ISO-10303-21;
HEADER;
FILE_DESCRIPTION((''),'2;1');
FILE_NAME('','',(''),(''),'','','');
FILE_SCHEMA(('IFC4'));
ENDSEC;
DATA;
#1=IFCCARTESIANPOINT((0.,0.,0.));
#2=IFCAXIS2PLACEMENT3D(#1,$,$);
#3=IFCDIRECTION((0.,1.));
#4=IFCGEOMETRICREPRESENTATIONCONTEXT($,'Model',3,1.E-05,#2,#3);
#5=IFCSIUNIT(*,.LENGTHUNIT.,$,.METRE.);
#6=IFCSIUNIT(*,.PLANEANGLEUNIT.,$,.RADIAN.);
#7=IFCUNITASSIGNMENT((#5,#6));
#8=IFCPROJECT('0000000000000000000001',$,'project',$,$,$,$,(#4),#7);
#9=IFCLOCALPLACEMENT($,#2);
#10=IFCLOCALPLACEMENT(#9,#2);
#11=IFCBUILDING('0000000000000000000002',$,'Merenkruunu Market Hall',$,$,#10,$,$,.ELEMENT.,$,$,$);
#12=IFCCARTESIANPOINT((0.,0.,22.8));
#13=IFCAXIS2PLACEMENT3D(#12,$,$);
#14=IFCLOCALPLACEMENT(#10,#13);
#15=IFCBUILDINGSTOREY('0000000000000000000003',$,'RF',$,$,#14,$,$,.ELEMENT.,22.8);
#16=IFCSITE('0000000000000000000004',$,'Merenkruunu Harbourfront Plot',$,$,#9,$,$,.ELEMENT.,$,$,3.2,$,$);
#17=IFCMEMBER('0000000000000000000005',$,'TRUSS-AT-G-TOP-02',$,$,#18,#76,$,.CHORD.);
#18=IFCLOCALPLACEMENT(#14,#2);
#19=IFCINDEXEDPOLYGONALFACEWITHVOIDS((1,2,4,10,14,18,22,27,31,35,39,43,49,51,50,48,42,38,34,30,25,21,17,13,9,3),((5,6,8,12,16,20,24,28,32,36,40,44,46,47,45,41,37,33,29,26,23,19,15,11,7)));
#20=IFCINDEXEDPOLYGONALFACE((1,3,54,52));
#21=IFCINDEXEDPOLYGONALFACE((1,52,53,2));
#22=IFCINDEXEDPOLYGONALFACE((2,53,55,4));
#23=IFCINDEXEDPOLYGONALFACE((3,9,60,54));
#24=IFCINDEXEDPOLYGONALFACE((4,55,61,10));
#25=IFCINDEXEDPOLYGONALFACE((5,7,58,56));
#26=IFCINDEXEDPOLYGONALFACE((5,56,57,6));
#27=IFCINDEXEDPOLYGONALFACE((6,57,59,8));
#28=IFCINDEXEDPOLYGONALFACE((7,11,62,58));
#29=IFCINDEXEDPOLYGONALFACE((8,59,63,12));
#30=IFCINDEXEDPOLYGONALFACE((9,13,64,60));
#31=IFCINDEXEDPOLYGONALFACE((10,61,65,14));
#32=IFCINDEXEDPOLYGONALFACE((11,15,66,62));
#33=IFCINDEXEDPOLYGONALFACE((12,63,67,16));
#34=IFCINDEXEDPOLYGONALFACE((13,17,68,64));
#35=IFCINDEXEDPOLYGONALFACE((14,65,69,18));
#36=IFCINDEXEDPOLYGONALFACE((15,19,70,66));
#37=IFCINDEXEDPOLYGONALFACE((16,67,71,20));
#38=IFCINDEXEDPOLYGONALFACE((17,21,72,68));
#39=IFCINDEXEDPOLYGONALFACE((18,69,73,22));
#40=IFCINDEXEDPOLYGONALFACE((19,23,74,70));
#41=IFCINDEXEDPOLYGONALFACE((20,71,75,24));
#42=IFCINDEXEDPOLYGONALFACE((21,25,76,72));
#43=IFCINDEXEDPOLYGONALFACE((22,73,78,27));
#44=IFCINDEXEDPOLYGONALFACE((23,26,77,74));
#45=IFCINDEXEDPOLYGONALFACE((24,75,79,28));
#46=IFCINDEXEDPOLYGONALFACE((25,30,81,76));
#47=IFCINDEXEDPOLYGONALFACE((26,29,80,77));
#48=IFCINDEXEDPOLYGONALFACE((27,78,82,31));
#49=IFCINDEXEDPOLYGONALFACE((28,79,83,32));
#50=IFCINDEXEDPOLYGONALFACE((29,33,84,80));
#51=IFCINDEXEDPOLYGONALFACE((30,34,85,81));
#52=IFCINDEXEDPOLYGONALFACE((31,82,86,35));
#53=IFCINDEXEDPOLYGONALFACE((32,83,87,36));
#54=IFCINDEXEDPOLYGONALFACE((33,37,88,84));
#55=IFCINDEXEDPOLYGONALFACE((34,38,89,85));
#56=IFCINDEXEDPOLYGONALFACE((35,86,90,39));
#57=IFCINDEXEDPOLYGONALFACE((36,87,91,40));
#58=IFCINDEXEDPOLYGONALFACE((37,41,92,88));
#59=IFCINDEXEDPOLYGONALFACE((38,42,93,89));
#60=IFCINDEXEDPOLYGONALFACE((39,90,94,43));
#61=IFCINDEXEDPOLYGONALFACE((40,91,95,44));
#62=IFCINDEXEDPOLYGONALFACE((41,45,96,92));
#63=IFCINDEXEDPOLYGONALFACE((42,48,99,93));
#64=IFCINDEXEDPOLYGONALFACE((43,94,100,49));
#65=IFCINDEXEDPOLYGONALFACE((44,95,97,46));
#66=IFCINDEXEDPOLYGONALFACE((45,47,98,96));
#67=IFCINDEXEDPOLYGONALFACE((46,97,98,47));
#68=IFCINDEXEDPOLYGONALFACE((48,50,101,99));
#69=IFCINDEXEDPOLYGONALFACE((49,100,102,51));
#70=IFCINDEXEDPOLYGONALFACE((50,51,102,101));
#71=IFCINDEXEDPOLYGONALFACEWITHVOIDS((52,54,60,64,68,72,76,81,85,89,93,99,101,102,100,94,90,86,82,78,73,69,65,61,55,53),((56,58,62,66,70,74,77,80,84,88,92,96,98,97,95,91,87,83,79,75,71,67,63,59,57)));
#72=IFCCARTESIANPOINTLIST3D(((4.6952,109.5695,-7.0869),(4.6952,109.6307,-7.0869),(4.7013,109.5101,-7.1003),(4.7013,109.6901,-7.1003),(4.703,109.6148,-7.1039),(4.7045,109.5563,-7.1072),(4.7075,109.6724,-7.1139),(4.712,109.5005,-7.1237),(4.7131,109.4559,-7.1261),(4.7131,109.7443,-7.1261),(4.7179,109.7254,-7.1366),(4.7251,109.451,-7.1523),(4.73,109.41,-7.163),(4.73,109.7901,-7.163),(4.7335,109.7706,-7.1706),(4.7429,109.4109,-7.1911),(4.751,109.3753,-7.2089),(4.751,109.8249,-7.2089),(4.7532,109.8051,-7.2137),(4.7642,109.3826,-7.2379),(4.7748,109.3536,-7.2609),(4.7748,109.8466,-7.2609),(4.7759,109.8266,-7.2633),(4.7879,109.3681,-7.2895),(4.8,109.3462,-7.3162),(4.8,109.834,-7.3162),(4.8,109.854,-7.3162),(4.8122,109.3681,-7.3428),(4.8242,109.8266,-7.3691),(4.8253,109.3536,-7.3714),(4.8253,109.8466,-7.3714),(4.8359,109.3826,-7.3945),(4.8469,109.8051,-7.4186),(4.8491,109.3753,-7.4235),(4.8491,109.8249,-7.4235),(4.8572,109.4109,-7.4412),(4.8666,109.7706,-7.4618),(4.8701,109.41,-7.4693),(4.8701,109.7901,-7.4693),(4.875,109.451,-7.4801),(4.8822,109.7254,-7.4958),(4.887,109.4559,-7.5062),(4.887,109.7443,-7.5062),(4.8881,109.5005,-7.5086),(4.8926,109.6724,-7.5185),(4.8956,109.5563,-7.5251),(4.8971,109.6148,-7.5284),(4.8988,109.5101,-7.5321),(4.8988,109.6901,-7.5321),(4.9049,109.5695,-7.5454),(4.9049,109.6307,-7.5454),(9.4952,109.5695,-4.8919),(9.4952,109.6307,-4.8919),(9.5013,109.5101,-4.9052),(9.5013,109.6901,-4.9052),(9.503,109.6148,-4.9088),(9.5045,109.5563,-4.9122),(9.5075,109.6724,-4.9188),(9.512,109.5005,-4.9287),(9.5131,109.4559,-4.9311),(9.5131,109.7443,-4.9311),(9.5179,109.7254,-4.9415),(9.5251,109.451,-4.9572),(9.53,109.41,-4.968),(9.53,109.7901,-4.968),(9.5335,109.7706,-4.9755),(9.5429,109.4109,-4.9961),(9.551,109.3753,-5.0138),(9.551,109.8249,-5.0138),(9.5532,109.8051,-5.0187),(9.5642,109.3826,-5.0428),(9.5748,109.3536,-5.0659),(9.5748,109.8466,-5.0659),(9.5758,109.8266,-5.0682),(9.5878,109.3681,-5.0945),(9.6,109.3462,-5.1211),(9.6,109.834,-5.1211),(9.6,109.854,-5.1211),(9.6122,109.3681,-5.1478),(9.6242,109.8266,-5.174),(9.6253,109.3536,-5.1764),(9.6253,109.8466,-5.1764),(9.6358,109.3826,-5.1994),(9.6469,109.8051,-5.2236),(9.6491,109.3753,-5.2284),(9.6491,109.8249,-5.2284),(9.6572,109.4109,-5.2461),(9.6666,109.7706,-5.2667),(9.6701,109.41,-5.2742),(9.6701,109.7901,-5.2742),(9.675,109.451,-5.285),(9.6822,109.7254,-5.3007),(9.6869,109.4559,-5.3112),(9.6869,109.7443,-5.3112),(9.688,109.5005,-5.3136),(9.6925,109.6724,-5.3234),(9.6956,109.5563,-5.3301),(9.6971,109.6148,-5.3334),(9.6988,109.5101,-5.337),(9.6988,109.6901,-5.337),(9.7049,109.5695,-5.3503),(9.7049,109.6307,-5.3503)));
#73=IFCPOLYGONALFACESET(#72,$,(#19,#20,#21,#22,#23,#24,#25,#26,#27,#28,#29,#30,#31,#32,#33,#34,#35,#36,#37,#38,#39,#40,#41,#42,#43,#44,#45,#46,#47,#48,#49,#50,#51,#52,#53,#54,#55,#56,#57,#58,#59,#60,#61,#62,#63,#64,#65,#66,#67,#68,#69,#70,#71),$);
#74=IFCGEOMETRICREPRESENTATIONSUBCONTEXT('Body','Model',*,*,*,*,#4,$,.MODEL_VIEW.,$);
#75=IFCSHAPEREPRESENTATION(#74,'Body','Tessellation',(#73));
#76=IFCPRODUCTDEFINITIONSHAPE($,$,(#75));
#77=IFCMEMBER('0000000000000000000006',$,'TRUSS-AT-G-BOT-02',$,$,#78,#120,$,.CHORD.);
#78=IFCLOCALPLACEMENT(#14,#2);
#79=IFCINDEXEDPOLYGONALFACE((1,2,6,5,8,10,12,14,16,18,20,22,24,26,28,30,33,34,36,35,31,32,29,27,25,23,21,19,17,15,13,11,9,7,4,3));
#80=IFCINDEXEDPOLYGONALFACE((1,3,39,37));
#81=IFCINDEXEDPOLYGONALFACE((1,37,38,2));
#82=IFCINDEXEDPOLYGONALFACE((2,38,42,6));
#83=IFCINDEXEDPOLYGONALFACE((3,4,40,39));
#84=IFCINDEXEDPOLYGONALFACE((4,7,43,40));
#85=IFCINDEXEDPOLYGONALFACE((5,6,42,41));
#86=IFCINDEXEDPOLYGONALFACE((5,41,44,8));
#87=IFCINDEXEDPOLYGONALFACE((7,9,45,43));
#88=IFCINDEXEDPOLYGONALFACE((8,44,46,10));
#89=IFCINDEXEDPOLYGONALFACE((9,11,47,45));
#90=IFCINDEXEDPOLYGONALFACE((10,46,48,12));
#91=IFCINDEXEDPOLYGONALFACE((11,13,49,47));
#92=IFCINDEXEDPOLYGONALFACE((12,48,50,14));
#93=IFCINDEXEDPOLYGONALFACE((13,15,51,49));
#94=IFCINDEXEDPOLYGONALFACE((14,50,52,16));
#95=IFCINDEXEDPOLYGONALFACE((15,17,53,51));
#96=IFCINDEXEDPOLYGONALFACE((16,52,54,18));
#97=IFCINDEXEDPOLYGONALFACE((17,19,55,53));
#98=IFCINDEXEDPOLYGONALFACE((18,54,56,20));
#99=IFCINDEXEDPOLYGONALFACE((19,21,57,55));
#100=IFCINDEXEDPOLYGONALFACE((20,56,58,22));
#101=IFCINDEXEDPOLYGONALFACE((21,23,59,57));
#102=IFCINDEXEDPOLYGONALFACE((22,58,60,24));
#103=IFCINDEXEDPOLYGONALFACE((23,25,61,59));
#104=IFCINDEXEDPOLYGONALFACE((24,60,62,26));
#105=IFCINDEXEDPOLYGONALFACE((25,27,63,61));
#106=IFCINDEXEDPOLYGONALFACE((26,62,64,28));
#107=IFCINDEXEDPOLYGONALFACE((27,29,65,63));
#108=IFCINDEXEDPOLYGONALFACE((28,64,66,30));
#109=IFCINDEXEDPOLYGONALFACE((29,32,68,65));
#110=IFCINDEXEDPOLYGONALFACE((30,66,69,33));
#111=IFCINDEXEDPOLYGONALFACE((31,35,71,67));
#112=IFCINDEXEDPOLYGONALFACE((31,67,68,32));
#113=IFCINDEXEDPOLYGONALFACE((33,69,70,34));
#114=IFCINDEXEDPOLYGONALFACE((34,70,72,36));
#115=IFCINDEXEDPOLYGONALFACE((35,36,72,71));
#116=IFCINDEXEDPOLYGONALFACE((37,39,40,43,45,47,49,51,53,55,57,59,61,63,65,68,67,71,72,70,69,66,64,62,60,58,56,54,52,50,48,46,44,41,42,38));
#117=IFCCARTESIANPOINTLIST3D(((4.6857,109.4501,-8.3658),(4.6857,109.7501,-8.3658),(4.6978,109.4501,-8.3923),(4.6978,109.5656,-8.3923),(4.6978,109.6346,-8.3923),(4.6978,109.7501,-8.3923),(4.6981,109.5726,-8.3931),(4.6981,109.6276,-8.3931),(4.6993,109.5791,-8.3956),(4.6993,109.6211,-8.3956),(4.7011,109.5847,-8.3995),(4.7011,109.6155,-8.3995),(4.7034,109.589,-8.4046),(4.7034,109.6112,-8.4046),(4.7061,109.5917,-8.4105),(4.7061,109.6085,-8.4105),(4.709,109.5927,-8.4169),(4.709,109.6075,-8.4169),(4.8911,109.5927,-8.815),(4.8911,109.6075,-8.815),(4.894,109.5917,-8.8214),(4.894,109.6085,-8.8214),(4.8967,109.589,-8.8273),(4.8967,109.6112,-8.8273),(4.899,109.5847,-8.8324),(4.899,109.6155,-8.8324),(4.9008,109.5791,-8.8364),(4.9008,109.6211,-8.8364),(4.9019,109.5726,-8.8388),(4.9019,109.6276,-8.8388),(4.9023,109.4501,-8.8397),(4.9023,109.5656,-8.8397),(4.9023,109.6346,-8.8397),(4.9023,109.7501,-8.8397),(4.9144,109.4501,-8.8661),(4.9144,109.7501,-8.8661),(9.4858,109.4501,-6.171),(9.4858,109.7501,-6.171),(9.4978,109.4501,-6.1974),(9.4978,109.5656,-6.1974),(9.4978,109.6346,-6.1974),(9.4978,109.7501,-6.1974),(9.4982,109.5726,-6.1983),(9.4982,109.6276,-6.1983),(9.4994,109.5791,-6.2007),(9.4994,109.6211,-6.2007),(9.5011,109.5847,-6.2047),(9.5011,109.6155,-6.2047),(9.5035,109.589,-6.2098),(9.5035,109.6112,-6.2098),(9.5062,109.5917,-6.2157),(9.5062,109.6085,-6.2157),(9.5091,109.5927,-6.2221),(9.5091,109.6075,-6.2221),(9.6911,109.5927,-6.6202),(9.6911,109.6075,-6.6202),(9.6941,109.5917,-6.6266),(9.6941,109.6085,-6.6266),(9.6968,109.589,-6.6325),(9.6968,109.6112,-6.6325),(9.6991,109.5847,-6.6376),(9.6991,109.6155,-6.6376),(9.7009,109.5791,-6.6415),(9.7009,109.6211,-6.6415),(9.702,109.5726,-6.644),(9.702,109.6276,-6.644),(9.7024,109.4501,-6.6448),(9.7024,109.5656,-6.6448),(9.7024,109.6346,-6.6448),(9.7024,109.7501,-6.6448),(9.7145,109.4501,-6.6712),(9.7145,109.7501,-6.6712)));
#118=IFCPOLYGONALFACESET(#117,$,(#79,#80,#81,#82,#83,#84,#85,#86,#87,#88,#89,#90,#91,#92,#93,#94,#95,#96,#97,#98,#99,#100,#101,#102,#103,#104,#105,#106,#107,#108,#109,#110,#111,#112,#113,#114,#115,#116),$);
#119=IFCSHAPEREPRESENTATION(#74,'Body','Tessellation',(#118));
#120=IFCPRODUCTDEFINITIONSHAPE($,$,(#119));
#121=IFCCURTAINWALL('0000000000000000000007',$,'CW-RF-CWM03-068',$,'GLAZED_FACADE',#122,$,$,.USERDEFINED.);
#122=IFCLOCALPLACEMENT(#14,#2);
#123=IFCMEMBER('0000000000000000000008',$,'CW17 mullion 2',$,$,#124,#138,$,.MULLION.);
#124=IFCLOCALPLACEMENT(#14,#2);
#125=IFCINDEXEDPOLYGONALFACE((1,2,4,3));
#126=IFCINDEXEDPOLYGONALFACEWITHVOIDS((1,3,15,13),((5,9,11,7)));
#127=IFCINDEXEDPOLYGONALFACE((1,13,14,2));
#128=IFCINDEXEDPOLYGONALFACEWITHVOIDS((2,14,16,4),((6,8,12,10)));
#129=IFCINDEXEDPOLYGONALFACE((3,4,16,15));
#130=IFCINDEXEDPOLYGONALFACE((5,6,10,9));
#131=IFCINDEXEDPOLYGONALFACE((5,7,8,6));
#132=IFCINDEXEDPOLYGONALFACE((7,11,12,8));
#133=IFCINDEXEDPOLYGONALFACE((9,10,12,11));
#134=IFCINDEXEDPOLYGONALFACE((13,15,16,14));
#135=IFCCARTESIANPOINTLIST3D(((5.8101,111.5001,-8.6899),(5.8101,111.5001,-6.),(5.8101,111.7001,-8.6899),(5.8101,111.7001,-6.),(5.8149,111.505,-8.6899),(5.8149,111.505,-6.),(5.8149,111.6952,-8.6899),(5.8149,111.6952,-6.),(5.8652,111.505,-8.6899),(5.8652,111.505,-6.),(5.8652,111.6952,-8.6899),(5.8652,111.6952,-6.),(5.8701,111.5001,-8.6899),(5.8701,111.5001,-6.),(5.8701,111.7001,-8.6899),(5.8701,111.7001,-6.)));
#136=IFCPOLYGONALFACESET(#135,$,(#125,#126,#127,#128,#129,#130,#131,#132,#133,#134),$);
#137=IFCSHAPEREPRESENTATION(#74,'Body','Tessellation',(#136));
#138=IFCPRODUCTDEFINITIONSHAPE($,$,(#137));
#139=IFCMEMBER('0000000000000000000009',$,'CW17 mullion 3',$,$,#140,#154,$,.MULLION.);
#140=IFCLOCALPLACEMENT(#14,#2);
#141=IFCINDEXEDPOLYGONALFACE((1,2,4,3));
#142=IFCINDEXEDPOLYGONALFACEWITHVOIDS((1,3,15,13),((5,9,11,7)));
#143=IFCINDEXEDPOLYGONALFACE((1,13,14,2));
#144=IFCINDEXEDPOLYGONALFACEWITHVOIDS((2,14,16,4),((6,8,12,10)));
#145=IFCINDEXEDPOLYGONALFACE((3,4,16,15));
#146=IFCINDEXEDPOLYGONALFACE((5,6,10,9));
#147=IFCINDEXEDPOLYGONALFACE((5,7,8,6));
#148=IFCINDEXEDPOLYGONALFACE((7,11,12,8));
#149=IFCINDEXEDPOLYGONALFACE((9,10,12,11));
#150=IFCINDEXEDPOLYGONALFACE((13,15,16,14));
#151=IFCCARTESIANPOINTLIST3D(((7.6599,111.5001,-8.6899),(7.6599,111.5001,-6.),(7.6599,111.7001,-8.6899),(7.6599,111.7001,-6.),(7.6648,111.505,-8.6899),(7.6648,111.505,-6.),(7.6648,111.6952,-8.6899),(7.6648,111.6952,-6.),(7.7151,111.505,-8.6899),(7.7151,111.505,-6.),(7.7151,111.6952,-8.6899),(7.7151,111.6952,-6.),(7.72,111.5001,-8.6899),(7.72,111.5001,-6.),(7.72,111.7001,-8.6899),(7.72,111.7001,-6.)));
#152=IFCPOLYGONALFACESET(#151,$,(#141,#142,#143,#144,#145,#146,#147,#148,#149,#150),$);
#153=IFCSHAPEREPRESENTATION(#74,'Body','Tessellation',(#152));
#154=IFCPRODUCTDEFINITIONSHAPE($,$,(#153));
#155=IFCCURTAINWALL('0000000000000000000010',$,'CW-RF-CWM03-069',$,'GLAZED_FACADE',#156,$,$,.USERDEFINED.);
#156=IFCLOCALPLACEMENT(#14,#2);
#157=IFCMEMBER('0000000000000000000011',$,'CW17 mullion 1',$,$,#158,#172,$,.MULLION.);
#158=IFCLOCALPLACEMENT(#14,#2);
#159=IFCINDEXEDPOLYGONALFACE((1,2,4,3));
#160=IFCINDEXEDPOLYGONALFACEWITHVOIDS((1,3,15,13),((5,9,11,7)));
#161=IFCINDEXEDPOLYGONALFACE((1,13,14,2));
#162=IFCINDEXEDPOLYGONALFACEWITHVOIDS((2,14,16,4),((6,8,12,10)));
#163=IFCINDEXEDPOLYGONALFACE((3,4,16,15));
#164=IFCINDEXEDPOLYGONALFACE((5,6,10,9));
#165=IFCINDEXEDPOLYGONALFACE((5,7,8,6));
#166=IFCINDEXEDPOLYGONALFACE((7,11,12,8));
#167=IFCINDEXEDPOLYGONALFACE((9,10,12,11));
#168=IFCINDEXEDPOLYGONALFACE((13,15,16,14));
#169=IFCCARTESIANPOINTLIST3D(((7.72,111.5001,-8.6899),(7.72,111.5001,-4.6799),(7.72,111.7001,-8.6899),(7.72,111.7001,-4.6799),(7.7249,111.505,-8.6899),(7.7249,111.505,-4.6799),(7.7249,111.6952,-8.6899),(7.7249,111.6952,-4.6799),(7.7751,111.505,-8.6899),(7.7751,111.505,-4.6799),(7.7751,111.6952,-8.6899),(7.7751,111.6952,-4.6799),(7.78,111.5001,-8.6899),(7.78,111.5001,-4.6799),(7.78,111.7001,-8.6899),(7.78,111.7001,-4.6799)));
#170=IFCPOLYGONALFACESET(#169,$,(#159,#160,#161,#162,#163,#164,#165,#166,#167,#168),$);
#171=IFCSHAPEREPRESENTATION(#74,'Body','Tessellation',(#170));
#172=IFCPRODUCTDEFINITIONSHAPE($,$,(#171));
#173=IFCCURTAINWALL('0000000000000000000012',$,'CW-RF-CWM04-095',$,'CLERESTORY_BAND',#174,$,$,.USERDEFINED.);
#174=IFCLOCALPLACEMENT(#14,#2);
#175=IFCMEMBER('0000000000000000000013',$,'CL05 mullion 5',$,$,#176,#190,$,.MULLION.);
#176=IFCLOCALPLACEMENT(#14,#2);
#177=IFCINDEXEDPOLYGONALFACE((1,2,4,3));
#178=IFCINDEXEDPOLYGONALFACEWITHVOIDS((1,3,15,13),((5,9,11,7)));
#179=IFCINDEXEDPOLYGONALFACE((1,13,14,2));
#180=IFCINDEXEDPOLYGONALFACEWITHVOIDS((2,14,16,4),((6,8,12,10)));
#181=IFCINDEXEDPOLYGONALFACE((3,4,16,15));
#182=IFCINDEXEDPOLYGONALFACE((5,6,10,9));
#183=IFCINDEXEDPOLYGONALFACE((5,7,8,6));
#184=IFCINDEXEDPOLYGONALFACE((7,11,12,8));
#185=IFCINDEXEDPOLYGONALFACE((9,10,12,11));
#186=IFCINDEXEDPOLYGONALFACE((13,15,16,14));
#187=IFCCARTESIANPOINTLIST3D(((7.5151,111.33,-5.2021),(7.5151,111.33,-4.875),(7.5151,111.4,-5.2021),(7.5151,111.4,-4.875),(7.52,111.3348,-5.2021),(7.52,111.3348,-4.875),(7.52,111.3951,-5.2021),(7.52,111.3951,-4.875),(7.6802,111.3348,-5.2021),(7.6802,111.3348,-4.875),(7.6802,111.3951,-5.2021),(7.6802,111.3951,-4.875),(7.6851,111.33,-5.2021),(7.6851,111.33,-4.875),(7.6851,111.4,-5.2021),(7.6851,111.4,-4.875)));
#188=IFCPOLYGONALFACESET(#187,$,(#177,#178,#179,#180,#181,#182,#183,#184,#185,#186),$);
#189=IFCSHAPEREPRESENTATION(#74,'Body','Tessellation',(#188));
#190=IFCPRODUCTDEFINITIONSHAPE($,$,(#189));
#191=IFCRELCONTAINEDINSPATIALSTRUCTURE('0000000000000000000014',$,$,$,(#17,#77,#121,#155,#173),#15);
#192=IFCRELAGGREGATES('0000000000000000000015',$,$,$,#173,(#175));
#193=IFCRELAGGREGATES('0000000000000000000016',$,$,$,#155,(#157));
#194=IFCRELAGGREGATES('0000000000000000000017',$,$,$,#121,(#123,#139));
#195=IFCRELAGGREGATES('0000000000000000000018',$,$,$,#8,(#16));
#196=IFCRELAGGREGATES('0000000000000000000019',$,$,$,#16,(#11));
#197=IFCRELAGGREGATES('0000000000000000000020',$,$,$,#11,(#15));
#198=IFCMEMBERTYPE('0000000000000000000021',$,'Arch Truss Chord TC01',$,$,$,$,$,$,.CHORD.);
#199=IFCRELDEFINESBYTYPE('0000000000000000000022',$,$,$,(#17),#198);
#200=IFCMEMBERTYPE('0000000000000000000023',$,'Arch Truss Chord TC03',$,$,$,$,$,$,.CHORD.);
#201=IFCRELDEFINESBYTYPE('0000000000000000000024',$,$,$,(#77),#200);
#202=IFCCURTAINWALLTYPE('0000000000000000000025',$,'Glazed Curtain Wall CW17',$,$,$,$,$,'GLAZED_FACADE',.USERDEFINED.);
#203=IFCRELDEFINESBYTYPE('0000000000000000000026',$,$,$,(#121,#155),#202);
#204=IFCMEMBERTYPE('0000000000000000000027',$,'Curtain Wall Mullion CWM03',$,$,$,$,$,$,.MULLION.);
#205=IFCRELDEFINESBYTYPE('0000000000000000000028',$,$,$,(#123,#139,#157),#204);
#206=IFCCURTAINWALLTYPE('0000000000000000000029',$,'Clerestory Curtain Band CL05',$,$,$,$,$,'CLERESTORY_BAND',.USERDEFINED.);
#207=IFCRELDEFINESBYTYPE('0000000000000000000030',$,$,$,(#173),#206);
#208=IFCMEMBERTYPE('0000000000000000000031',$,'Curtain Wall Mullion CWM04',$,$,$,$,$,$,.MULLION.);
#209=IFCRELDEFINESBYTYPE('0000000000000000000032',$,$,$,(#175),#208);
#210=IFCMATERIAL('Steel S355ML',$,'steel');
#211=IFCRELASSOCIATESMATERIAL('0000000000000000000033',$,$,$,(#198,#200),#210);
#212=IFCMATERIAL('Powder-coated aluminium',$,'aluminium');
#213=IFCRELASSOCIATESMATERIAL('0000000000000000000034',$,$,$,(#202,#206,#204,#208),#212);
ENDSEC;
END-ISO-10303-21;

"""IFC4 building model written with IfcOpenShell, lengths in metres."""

from ifc_helpers import new_model, si_unit, direction, frame, origin, origin_2d, place, context, subcontext, project, spatial, hollow_rectangle, hollow_circle, i_section, extrude, material, material_profile, profile_set, type_object, element, aggregate, save


model = new_model("IFC4")

# Units and contexts
model_context = context("Model", 3, precision=1e-05, world=origin(), true_north=direction((0.0, 1.0)))
body_context = subcontext(model_context, "Body", "Model", "MODEL_VIEW")
ifc_project = project(units=[si_unit("LENGTHUNIT", "METRE"), si_unit("PLANEANGLEUNIT", "RADIAN")], contexts=[model_context])

# Site, building, storey
site_placement = place(None, origin())
site = spatial("IfcSite", under=ifc_project, at=site_placement, Name="Merenkruunu Harbourfront Plot", CompositionType="ELEMENT", RefElevation=3.2)
building_placement = place(site_placement, origin())
building = spatial("IfcBuilding", under=site, at=building_placement, Name="Merenkruunu Market Hall", CompositionType="ELEMENT")
storey_placement = place(building_placement, frame((0.0, 0.0, 22.8)))
storey = spatial("IfcBuildingStorey", under=building, at=storey_placement, Name="RF", CompositionType="ELEMENT", Elevation=22.8)

# Members
ifc_material_1 = material(Name="Steel S355ML", Category="steel")
ifc_material_profile_1 = material_profile(ifc_material_1, hollow_circle(Radius=0.2539, WallThickness=0.02, at=origin_2d()), Name="CHS 508x20")
ifc_profile_set_1 = profile_set([ifc_material_profile_1], Name="Steel S355ML")
member_type_1 = type_object("IfcMemberType", Name="Arch Truss Chord TC01", PredefinedType="CHORD", material=ifc_profile_set_1)
member_1_placement = place(storey_placement, frame((4.8, 109.6001, -7.3162), z_axis=(0.90942, 0.0, 0.415879), x_axis=(0.0, 1.0, 0.0)))
element("IfcMember", 1, at=member_1_placement, inside=storey, type_object=member_type_1, Name="TRUSS-AT-G-TOP-02", PredefinedType="CHORD", context=body_context, shape_type="SweptSolid", body=[
    extrude(hollow_circle(Radius=0.2539, WallThickness=0.02, at=origin_2d()), origin(), (0.0, 0.0, 1.0), 5.2781),
])
ifc_material_profile_2 = material_profile(ifc_material_1, i_section(OverallWidth=0.3, OverallDepth=0.55, WebThickness=0.0149, FlangeThickness=0.0291, FilletRadius=0.0271, at=origin_2d()), Name="HEB 550")
ifc_profile_set_2 = profile_set([ifc_material_profile_2], Name="Steel S355ML")
member_type_2 = type_object("IfcMemberType", Name="Arch Truss Chord TC03", PredefinedType="CHORD", material=ifc_profile_set_2)
member_2_placement = place(storey_placement, frame((4.8, 109.6001, -8.616), z_axis=(0.909437, 0.0, 0.415841), x_axis=(0.0, 1.0, 0.0)))
element("IfcMember", 2, at=member_2_placement, inside=storey, type_object=member_type_2, Name="TRUSS-AT-G-BOT-02", PredefinedType="CHORD", context=body_context, shape_type="SweptSolid", body=[
    extrude(i_section(OverallWidth=0.3, OverallDepth=0.55, WebThickness=0.0149, FlangeThickness=0.0291, FilletRadius=0.0271, at=origin_2d()), origin(), (0.0, 0.0, 1.0), 5.2781),
])

# Curtain wall, members
ifc_material_2 = material(Name="Powder-coated aluminium", Category="aluminium")
curtain_wall_type_1 = type_object("IfcCurtainWallType", Name="Glazed Curtain Wall CW17", ElementType="GLAZED_FACADE", PredefinedType="USERDEFINED", material=ifc_material_2)
curtain_wall_1_placement = place(storey_placement, origin())
curtain_wall_1 = element("IfcCurtainWall", 3, at=curtain_wall_1_placement, inside=storey, type_object=curtain_wall_type_1, Name="CW-RF-CWM03-068", ObjectType="GLAZED_FACADE", PredefinedType="USERDEFINED")
ifc_material_profile_3 = material_profile(ifc_material_2, hollow_rectangle(XDim=0.0601, YDim=0.2, WallThickness=0.0049, at=origin_2d()), Name="ALU 60x200x5")
ifc_profile_set_3 = profile_set([ifc_material_profile_3], Name="Powder-coated aluminium")
member_type_3 = type_object("IfcMemberType", Name="Curtain Wall Mullion CWM03", PredefinedType="MULLION", material=ifc_profile_set_3)
member_3_placement = place(storey_placement, frame((5.8401, 111.6001, -8.6899), z_axis=(0.0, 0.0, 1.0), x_axis=(1.0, 0.0, 0.0)))
member_3 = element("IfcMember", 4, at=member_3_placement, type_object=member_type_3, Name="CW17 mullion 2", PredefinedType="MULLION", context=body_context, shape_type="SweptSolid", body=[
    extrude(hollow_rectangle(XDim=0.0601, YDim=0.2, WallThickness=0.0049, at=origin_2d()), origin(), (0.0, 0.0, 1.0), 2.6899),
])
member_4_placement = place(storey_placement, frame((7.6899, 111.6001, -8.6899), z_axis=(0.0, 0.0, 1.0), x_axis=(1.0, 0.0, 0.0)))
member_4 = element("IfcMember", 5, at=member_4_placement, type_object=member_type_3, Name="CW17 mullion 3", PredefinedType="MULLION", context=body_context, shape_type="SweptSolid", body=[
    extrude(hollow_rectangle(XDim=0.0601, YDim=0.2, WallThickness=0.0049, at=origin_2d()), origin(), (0.0, 0.0, 1.0), 2.6899),
])

# Curtain walls, members
curtain_wall_2_placement = place(storey_placement, origin())
curtain_wall_2 = element("IfcCurtainWall", 6, at=curtain_wall_2_placement, inside=storey, type_object=curtain_wall_type_1, Name="CW-RF-CWM03-069", ObjectType="GLAZED_FACADE", PredefinedType="USERDEFINED")
member_5_placement = place(storey_placement, frame((7.75, 111.6001, -8.6899), z_axis=(0.0, 0.0, 1.0), x_axis=(1.0, 0.0, 0.0)))
member_5 = element("IfcMember", 7, at=member_5_placement, type_object=member_type_3, Name="CW17 mullion 1", PredefinedType="MULLION", context=body_context, shape_type="SweptSolid", body=[
    extrude(hollow_rectangle(XDim=0.0601, YDim=0.2, WallThickness=0.0049, at=origin_2d()), origin(), (0.0, 0.0, 1.0), 4.01),
])
curtain_wall_type_2 = type_object("IfcCurtainWallType", Name="Clerestory Curtain Band CL05", ElementType="CLERESTORY_BAND", PredefinedType="USERDEFINED", material=ifc_material_2)
curtain_wall_3_placement = place(storey_placement, origin())
curtain_wall_3 = element("IfcCurtainWall", 8, at=curtain_wall_3_placement, inside=storey, type_object=curtain_wall_type_2, Name="CW-RF-CWM04-095", ObjectType="CLERESTORY_BAND", PredefinedType="USERDEFINED")
ifc_material_profile_4 = material_profile(ifc_material_2, hollow_rectangle(XDim=0.0701, YDim=0.1699, WallThickness=0.0049, at=origin_2d()), Name="ALU 70x170x5")
ifc_profile_set_4 = profile_set([ifc_material_profile_4], Name="Powder-coated aluminium")
member_type_4 = type_object("IfcMemberType", Name="Curtain Wall Mullion CWM04", PredefinedType="MULLION", material=ifc_profile_set_4)
member_6_placement = place(storey_placement, frame((7.6001, 111.365, -5.2021), z_axis=(0.0, 0.0, 1.0), x_axis=(0.0, 1.0, 0.0)))
member_6 = element("IfcMember", 9, at=member_6_placement, type_object=member_type_4, Name="CL05 mullion 5", PredefinedType="MULLION", context=body_context, shape_type="SweptSolid", body=[
    extrude(hollow_rectangle(XDim=0.0701, YDim=0.1699, WallThickness=0.0049, at=origin_2d()), origin(), (0.0, 0.0, 1.0), 0.3271),
])
aggregate(curtain_wall_3, [member_6])

aggregate(curtain_wall_2, [member_5])

aggregate(curtain_wall_1, [member_3, member_4])

save(model, "model.ifc")
